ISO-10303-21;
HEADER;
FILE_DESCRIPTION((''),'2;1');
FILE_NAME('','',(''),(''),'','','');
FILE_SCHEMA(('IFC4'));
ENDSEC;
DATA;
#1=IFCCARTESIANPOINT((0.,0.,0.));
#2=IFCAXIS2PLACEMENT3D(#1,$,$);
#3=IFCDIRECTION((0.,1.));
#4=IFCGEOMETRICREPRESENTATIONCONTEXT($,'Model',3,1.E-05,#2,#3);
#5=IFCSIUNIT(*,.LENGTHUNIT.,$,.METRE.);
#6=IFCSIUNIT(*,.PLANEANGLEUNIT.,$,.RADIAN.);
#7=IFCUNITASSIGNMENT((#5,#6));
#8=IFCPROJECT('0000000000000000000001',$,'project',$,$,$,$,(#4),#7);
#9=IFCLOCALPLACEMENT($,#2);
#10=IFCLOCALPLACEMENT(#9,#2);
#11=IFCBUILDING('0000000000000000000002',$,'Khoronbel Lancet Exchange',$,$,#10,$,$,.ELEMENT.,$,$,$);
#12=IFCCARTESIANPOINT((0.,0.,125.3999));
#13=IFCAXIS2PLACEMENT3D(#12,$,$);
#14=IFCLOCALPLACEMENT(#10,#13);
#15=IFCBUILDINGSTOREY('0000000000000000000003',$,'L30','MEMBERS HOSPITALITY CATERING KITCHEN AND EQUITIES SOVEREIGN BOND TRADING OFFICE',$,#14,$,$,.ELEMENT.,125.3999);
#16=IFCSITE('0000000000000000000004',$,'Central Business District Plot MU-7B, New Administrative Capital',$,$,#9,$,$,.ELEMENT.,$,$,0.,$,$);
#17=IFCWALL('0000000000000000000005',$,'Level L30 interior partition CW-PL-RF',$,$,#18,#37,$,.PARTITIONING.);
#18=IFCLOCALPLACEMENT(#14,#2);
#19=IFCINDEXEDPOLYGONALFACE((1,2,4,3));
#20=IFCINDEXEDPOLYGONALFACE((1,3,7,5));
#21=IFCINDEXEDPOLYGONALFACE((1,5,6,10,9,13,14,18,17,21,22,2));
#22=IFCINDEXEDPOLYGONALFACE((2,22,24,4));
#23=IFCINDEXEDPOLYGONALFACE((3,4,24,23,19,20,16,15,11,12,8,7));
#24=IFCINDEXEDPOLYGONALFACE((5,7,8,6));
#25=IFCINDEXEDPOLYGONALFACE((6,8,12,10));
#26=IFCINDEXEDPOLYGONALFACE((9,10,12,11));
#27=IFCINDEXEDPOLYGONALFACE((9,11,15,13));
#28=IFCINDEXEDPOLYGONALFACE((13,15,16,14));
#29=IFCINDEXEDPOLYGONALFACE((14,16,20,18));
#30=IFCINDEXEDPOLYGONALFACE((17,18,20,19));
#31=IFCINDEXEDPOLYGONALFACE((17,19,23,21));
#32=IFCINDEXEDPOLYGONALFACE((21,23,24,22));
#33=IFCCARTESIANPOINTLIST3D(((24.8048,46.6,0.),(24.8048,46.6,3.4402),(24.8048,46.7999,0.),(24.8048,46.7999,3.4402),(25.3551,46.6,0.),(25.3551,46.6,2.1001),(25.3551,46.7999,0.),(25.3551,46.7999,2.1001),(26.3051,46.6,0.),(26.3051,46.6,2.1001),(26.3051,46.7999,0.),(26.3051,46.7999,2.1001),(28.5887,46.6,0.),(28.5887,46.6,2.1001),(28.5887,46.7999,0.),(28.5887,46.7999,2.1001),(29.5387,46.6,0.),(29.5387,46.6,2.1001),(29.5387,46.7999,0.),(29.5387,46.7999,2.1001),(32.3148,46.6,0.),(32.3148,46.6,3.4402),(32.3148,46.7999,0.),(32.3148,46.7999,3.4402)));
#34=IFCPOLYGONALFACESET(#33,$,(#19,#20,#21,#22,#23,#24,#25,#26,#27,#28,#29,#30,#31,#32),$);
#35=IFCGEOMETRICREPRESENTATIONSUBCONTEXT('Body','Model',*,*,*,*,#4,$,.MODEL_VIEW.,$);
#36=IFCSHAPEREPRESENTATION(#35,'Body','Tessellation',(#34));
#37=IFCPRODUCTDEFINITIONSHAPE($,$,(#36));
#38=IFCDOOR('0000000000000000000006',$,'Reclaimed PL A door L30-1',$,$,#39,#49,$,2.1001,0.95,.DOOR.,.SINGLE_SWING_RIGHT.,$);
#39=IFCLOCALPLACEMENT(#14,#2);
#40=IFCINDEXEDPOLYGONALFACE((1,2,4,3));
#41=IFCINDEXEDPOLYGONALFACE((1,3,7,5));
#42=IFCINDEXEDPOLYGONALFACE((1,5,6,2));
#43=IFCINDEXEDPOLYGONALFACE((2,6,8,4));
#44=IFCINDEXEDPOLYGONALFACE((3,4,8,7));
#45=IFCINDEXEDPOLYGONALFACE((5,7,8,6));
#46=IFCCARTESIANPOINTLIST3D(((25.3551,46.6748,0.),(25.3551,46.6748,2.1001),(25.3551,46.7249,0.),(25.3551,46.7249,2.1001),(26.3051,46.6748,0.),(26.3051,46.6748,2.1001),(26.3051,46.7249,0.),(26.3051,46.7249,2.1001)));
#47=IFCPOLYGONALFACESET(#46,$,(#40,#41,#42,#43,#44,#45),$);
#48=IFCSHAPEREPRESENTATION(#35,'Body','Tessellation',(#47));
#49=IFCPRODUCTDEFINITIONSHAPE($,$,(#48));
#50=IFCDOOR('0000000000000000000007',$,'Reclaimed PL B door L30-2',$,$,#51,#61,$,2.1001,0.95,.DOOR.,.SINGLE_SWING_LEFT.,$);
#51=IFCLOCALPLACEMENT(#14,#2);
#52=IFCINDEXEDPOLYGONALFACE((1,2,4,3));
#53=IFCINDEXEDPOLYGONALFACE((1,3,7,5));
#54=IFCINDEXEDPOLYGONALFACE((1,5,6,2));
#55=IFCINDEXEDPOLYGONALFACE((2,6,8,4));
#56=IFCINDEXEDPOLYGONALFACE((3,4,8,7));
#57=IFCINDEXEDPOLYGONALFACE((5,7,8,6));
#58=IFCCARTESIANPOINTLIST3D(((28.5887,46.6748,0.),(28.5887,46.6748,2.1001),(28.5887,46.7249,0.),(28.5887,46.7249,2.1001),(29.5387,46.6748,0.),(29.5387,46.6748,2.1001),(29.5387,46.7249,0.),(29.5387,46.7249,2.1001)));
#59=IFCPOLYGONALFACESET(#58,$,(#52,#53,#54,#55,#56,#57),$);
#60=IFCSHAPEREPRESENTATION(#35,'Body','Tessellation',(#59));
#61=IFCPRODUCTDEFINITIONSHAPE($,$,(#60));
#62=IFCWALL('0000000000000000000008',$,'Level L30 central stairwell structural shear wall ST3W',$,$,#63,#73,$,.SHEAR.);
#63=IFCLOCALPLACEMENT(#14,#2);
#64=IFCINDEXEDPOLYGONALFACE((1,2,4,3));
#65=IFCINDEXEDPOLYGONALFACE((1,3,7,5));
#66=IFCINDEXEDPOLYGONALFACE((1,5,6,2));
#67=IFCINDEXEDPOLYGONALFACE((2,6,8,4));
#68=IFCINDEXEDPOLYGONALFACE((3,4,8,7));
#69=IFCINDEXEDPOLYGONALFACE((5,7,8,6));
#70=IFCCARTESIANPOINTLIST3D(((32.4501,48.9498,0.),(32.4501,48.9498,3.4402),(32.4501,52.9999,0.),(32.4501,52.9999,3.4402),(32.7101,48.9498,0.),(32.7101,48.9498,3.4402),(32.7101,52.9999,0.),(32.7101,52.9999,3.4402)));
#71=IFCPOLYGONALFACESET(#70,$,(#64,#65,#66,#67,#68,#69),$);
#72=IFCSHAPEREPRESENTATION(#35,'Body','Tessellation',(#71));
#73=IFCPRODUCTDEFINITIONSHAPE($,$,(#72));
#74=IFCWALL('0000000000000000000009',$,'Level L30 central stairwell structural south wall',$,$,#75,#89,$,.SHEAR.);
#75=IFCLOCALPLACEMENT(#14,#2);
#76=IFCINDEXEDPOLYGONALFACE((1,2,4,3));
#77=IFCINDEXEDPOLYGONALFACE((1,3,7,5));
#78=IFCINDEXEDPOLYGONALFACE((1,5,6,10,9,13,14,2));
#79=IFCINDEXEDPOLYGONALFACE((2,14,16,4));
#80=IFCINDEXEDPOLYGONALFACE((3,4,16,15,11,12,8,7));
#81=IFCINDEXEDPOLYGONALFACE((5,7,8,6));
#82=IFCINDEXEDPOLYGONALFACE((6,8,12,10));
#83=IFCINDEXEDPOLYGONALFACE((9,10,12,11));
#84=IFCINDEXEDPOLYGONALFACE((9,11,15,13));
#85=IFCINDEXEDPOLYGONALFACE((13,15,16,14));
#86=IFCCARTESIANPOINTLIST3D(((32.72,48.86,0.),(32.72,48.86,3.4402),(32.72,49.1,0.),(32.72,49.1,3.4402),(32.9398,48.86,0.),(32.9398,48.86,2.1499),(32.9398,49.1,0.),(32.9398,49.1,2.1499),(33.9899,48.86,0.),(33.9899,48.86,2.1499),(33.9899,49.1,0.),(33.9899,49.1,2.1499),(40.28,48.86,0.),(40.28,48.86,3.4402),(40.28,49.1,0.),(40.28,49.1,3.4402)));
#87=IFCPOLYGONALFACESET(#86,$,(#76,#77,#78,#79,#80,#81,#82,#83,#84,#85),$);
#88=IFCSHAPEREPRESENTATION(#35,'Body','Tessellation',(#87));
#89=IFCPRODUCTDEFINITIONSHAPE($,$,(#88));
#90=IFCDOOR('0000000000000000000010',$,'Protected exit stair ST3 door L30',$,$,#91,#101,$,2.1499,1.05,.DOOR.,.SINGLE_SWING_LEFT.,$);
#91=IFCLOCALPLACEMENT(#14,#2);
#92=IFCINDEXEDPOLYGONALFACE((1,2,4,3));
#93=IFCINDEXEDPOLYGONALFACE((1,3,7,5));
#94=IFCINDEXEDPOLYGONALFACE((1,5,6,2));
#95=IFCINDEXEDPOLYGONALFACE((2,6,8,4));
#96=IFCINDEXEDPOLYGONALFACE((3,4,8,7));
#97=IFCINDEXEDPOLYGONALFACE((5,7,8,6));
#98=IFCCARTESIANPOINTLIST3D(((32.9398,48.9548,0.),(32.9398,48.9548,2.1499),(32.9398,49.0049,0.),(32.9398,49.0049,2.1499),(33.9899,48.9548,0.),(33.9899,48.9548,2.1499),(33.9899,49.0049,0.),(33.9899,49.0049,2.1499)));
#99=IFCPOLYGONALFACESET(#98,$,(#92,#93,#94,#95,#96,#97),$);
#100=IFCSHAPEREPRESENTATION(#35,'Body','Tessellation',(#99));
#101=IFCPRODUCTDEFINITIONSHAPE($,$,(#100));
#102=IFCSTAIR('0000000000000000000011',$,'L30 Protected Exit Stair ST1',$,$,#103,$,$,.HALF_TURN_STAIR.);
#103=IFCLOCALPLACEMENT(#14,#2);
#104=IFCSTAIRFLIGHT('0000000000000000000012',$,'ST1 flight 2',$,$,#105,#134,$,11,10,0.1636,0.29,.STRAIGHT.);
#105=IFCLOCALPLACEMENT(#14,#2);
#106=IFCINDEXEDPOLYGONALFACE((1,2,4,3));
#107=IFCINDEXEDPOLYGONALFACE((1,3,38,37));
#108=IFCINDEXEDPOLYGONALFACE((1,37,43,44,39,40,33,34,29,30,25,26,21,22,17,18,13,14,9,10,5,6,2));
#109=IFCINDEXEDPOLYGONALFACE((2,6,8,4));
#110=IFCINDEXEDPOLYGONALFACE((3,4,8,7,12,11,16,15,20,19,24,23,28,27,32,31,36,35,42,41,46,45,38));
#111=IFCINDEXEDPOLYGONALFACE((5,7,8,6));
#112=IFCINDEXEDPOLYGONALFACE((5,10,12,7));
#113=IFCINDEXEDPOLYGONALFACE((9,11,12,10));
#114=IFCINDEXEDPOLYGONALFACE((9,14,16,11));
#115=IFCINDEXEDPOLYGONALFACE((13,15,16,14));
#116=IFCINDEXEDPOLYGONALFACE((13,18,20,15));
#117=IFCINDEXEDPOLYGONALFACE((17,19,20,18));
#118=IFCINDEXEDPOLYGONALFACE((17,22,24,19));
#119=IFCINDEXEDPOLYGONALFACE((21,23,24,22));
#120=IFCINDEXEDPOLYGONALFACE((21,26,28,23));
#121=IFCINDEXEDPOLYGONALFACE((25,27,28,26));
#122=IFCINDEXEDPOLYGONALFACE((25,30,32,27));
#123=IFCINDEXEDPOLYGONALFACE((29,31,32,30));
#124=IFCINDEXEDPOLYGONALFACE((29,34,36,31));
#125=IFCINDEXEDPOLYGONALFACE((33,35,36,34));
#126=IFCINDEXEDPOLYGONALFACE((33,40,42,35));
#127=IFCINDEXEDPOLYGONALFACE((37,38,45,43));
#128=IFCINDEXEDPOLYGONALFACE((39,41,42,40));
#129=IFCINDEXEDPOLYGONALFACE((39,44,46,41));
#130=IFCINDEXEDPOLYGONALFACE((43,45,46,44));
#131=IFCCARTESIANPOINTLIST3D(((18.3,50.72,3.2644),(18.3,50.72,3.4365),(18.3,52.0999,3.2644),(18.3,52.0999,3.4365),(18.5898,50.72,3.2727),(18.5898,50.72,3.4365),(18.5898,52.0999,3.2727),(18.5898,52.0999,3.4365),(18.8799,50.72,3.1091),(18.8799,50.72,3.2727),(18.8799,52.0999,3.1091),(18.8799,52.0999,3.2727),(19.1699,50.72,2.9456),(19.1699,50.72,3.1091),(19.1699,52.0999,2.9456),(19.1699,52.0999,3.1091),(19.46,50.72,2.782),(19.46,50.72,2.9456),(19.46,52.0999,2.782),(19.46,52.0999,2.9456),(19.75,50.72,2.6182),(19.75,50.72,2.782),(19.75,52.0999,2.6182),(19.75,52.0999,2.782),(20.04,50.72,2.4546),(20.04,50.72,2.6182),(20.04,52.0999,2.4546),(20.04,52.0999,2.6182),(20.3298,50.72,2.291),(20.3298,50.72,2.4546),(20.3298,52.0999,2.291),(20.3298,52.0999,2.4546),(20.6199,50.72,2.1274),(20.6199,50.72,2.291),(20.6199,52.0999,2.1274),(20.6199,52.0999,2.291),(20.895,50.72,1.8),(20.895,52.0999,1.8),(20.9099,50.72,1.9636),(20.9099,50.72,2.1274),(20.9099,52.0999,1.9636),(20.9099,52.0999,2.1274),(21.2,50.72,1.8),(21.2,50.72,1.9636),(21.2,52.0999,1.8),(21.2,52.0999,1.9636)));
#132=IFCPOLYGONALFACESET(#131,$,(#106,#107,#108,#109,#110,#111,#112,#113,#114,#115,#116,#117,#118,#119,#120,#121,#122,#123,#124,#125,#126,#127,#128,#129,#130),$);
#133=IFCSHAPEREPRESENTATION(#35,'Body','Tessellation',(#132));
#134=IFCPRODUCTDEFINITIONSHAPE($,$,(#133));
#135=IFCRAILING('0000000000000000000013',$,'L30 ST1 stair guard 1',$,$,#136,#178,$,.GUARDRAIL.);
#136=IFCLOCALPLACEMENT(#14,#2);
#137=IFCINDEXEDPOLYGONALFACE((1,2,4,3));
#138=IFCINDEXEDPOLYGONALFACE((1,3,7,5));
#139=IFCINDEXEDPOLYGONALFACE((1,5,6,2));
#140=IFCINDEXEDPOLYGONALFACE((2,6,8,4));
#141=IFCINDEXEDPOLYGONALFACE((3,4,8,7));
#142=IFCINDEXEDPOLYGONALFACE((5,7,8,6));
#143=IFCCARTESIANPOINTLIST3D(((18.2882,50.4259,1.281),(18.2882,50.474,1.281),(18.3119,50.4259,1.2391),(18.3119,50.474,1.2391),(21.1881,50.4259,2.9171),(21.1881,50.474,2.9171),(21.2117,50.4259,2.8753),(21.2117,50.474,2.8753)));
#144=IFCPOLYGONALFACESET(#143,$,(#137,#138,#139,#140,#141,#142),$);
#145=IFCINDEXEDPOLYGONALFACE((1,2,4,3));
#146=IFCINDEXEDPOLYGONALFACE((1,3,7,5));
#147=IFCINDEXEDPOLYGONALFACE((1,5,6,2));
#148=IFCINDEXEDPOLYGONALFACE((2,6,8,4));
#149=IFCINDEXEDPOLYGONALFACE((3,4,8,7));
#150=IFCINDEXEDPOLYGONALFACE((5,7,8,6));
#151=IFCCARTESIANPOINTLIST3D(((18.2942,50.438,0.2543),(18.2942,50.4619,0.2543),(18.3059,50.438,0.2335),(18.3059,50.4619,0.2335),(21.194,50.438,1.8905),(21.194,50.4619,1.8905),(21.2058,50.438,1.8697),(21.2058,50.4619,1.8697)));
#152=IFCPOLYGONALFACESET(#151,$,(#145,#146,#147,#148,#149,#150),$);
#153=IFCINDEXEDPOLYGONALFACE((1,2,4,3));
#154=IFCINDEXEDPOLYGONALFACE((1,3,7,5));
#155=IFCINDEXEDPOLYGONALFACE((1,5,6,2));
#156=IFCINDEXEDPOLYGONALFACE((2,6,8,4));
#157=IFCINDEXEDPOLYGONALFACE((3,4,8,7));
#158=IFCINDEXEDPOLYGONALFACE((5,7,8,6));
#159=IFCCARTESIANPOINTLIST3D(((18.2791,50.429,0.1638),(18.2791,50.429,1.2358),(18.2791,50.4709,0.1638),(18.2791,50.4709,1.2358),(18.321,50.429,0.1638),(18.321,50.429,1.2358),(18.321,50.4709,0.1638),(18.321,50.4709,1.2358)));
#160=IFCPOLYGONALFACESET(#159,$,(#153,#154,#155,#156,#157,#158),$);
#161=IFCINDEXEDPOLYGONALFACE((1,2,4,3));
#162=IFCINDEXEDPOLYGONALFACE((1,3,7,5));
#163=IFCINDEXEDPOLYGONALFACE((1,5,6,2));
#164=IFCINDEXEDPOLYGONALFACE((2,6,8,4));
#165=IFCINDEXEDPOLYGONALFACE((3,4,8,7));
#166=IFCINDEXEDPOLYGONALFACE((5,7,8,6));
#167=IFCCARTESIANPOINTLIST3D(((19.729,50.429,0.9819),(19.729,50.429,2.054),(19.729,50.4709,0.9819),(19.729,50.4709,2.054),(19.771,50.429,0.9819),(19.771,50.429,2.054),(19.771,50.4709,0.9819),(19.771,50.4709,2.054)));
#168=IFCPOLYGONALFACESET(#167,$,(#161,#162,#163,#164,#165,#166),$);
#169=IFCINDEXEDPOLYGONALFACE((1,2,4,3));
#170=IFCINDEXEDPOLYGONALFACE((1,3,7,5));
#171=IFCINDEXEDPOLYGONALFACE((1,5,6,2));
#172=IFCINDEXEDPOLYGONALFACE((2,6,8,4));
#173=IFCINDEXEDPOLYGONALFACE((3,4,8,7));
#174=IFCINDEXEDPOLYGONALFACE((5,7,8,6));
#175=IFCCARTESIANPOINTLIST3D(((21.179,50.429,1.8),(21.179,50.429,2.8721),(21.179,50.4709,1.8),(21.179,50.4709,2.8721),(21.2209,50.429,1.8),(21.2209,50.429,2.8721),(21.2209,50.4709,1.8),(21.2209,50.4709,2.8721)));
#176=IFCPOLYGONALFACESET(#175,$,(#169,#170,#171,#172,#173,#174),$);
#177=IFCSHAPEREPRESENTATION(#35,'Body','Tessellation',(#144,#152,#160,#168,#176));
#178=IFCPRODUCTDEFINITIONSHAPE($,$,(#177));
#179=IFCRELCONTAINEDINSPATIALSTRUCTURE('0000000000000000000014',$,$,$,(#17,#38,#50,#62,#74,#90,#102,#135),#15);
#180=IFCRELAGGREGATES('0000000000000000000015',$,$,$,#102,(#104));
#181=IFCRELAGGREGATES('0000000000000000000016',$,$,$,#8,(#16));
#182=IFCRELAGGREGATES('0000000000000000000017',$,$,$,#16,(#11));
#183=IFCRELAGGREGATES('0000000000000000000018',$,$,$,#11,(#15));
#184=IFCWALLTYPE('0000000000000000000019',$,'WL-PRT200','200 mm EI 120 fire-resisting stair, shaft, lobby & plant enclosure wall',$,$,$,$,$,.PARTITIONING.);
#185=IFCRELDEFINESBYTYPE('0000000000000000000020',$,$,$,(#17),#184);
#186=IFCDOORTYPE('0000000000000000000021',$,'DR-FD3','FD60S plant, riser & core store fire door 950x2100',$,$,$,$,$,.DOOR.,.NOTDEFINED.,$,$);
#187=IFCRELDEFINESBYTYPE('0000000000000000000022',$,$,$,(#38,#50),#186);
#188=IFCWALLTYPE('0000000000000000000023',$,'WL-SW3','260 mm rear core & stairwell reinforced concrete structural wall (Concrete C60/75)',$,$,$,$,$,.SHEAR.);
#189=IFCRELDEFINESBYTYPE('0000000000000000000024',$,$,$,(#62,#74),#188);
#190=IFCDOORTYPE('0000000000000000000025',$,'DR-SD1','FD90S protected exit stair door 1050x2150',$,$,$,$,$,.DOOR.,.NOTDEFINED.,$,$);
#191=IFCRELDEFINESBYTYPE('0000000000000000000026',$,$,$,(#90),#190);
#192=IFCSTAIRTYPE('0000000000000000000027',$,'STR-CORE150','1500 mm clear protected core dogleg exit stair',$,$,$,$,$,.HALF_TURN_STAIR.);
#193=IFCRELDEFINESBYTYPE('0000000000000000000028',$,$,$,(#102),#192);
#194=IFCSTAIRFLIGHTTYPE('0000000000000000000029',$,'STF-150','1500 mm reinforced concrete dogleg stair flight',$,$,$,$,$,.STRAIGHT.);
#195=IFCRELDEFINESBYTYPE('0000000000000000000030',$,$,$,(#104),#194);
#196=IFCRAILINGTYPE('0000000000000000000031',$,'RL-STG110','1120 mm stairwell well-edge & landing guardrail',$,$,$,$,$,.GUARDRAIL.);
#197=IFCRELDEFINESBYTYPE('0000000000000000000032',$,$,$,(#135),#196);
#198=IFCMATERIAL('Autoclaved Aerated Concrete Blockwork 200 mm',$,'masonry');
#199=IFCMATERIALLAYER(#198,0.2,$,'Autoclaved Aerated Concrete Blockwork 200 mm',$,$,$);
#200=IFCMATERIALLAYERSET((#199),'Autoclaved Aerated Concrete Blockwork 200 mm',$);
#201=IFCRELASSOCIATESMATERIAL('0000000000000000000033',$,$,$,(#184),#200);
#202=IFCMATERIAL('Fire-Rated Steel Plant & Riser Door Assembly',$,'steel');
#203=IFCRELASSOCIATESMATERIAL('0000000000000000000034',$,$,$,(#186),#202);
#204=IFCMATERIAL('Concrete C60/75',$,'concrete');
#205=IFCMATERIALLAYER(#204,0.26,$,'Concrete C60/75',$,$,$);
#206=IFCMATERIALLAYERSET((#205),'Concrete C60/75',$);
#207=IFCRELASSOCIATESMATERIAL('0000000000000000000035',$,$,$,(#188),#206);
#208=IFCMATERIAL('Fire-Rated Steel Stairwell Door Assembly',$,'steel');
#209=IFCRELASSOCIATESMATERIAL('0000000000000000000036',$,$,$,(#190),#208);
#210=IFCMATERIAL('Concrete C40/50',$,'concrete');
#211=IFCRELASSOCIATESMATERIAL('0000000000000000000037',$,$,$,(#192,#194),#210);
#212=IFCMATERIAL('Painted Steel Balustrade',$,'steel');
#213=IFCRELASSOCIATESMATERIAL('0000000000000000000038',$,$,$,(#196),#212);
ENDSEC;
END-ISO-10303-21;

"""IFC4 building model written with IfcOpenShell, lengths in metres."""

from ifc_helpers import new_model, si_unit, direction, frame, frame_2d, origin, origin_2d, place, context, subcontext, project, spatial, polyline, rectangle, outline, extrude, material, layer, layer_set, type_object, element, fill, aggregate, save


model = new_model("IFC4")

# Units and contexts
model_context = context("Model", 3, precision=1e-05, world=origin(), true_north=direction((0.0, 1.0)))
body_context = subcontext(model_context, "Body", "Model", "MODEL_VIEW")
ifc_project = project(units=[si_unit("LENGTHUNIT", "METRE"), si_unit("PLANEANGLEUNIT", "RADIAN")], contexts=[model_context])

# Site, building, storey
site_placement = place(None, origin())
site = spatial("IfcSite", under=ifc_project, at=site_placement, Name="Central Business District Plot MU-7B, New Administrative Capital", CompositionType="ELEMENT", RefElevation=0.0)
building_placement = place(site_placement, origin())
building = spatial("IfcBuilding", under=site, at=building_placement, Name="Khoronbel Lancet Exchange", CompositionType="ELEMENT")
storey_placement = place(building_placement, frame((0.0, 0.0, 125.3999)))
storey = spatial("IfcBuildingStorey", under=building, at=storey_placement, Name="L30", Description="MEMBERS HOSPITALITY CATERING KITCHEN AND EQUITIES SOVEREIGN BOND TRADING OFFICE", CompositionType="ELEMENT", Elevation=125.3999)

# Shared definitions
ifc_material_1 = material(Name="Autoclaved Aerated Concrete Blockwork 200 mm", Category="masonry")
ifc_layer_1 = layer(ifc_material_1, 0.2, Name="Autoclaved Aerated Concrete Blockwork 200 mm")
ifc_layer_set_1 = layer_set([ifc_layer_1], Name="Autoclaved Aerated Concrete Blockwork 200 mm")
wall_type_1 = type_object("IfcWallType", Name="WL-PRT200", Description="200 mm EI 120 fire-resisting stair, shaft, lobby & plant enclosure wall", PredefinedType="PARTITIONING", material=ifc_layer_set_1)

# Wall, openings, doors
wall_1_placement = place(storey_placement, frame((24.8049, 46.7, 0.0), z_axis=(0.0, 0.0, 1.0), x_axis=(1.0, 0.0, 0.0)))
wall_1 = element("IfcWall", 1, at=wall_1_placement, inside=storey, type_object=wall_type_1, Name="Level L30 interior partition CW-PL-RF", PredefinedType="PARTITIONING", context=body_context, shape_type="SweptSolid", body=[
    extrude(rectangle(XDim=7.51, YDim=0.2, at=frame_2d((3.7549, 0.0))), origin(), (0.0, 0.0, 1.0), 3.4402),
])
opening_1_placement = place(wall_1_placement, frame((0.55, 0.0, 0.0)))
opening_1 = element("IfcOpeningElement", 2, at=opening_1_placement, cuts=wall_1, PredefinedType="OPENING", context=body_context, shape_type="SweptSolid", body=[
    extrude(rectangle(XDim=0.95, YDim=2.1001, at=frame_2d((0.4751, 1.05))), frame((0.0, 0.1099, 0.0), z_axis=(0.0, -1.0, 0.0), x_axis=(1.0, 0.0, 0.0)), (0.0, 0.0, 1.0), 0.22),
])
opening_2_placement = place(wall_1_placement, frame((3.7837, 0.0, 0.0)))
opening_2 = element("IfcOpeningElement", 3, at=opening_2_placement, cuts=wall_1, PredefinedType="OPENING", context=body_context, shape_type="SweptSolid", body=[
    extrude(rectangle(XDim=0.95, YDim=2.1001, at=frame_2d((0.4751, 1.05))), frame((0.0, 0.1099, 0.0), z_axis=(0.0, -1.0, 0.0), x_axis=(1.0, 0.0, 0.0)), (0.0, 0.0, 1.0), 0.22),
])
ifc_material_2 = material(Name="Fire-Rated Steel Plant & Riser Door Assembly", Category="steel")
door_type_1 = type_object("IfcDoorType", Name="DR-FD3", Description="FD60S plant, riser & core store fire door 950x2100", OperationType="NOTDEFINED", PredefinedType="DOOR", material=ifc_material_2)
door_1_placement = place(opening_1_placement, origin())
door_1 = element("IfcDoor", 4, at=door_1_placement, inside=storey, type_object=door_type_1, Name="Reclaimed PL A door L30-1", OperationType="SINGLE_SWING_RIGHT", OverallHeight=2.1001, OverallWidth=0.95, PredefinedType="DOOR", context=body_context, shape_type="SweptSolid", body=[
    extrude(rectangle(XDim=0.95, YDim=2.1001, at=frame_2d((0.4751, 1.05))), frame((0.0, 0.0249, 0.0), z_axis=(0.0, -1.0, 0.0), x_axis=(1.0, 0.0, 0.0)), (0.0, 0.0, 1.0), 0.05),
])
fill(opening_1, door_1)
door_2_placement = place(opening_2_placement, origin())
door_2 = element("IfcDoor", 5, at=door_2_placement, inside=storey, type_object=door_type_1, Name="Reclaimed PL B door L30-2", OperationType="SINGLE_SWING_LEFT", OverallHeight=2.1001, OverallWidth=0.95, PredefinedType="DOOR", context=body_context, shape_type="SweptSolid", body=[
    extrude(rectangle(XDim=0.95, YDim=2.1001, at=frame_2d((0.4751, 1.05))), frame((0.0, 0.0249, 0.0), z_axis=(0.0, -1.0, 0.0), x_axis=(1.0, 0.0, 0.0)), (0.0, 0.0, 1.0), 0.05),
])
fill(opening_2, door_2)

# Wall
ifc_material_3 = material(Name="Concrete C60/75", Category="concrete")
ifc_layer_2 = layer(ifc_material_3, 0.26, Name="Concrete C60/75")
ifc_layer_set_2 = layer_set([ifc_layer_2], Name="Concrete C60/75")
wall_type_2 = type_object("IfcWallType", Name="WL-SW3", Description="260 mm rear core & stairwell reinforced concrete structural wall (Concrete C60/75)", PredefinedType="SHEAR", material=ifc_layer_set_2)
wall_2_placement = place(storey_placement, frame((32.5801, 48.95, 0.0), z_axis=(0.0, 0.0, 1.0), x_axis=(0.0, 1.0, 0.0)))
element("IfcWall", 6, at=wall_2_placement, inside=storey, type_object=wall_type_2, Name="Level L30 central stairwell structural shear wall ST3W", PredefinedType="SHEAR", context=body_context, shape_type="SweptSolid", body=[
    extrude(rectangle(XDim=4.05, YDim=0.26, at=frame_2d((2.0249, 0.0))), origin(), (0.0, 0.0, 1.0), 3.4402),
])

# Wall, opening, door
wall_3_placement = place(storey_placement, frame((32.72, 48.98, 0.0), z_axis=(0.0, 0.0, 1.0), x_axis=(1.0, 0.0, 0.0)))
wall_3 = element("IfcWall", 7, at=wall_3_placement, inside=storey, type_object=wall_type_2, Name="Level L30 central stairwell structural south wall", PredefinedType="SHEAR", context=body_context, shape_type="SweptSolid", body=[
    extrude(rectangle(XDim=7.5601, YDim=0.24, at=frame_2d((3.78, 0.0))), origin(), (0.0, 0.0, 1.0), 3.4402),
])
opening_3_placement = place(wall_3_placement, frame((0.22, 0.0, 0.0)))
opening_3 = element("IfcOpeningElement", 8, at=opening_3_placement, cuts=wall_3, PredefinedType="OPENING", context=body_context, shape_type="SweptSolid", body=[
    extrude(rectangle(XDim=1.05, YDim=2.1499, at=frame_2d((0.5249, 1.075))), frame((0.0, 0.1299, 0.0), z_axis=(0.0, -1.0, 0.0), x_axis=(1.0, 0.0, 0.0)), (0.0, 0.0, 1.0), 0.26),
])
ifc_material_4 = material(Name="Fire-Rated Steel Stairwell Door Assembly", Category="steel")
door_type_2 = type_object("IfcDoorType", Name="DR-SD1", Description="FD90S protected exit stair door 1050x2150", OperationType="NOTDEFINED", PredefinedType="DOOR", material=ifc_material_4)
door_3_placement = place(opening_3_placement, origin())
door_3 = element("IfcDoor", 9, at=door_3_placement, inside=storey, type_object=door_type_2, Name="Protected exit stair ST3 door L30", OperationType="SINGLE_SWING_LEFT", OverallHeight=2.1499, OverallWidth=1.05, PredefinedType="DOOR", context=body_context, shape_type="SweptSolid", body=[
    extrude(rectangle(XDim=1.05, YDim=2.1499, at=frame_2d((0.5249, 1.075))), frame((0.0, 0.0249, 0.0), z_axis=(0.0, -1.0, 0.0), x_axis=(1.0, 0.0, 0.0)), (0.0, 0.0, 1.0), 0.05),
])
fill(opening_3, door_3)

# Stair, stair flight
ifc_material_5 = material(Name="Concrete C40/50", Category="concrete")
stair_type = type_object("IfcStairType", Name="STR-CORE150", Description="1500 mm clear protected core dogleg exit stair", PredefinedType="HALF_TURN_STAIR", material=ifc_material_5)
stair_placement = place(storey_placement, origin())
stair = element("IfcStair", 10, at=stair_placement, inside=storey, type_object=stair_type, Name="L30 Protected Exit Stair ST1", PredefinedType="HALF_TURN_STAIR")
stair_flight_type = type_object("IfcStairFlightType", Name="STF-150", Description="1500 mm reinforced concrete dogleg stair flight", PredefinedType="STRAIGHT", material=ifc_material_5)
stair_flight_placement = place(storey_placement, frame((21.2, 51.4099, 1.8), z_axis=(0.0, 0.0, 1.0), x_axis=(-1.0, 0.0, 0.0)))
stair_flight = element("IfcStairFlight", 11, at=stair_flight_placement, type_object=stair_flight_type, Name="ST1 flight 2", NumberOfRisers=11, NumberOfTreads=10, PredefinedType="STRAIGHT", RiserHeight=0.1636, TreadLength=0.29, context=body_context, shape_type="SweptSolid", body=[
    extrude(outline(polyline([(0.0, 0.0), (0.0, 0.1636), (0.29, 0.1636), (0.29, 0.3274), (0.5801, 0.3274), (0.5801, 0.491), (0.8701, 0.491), (0.8701, 0.6545), (1.1599, 0.6545), (1.1599, 0.8181), (1.45, 0.8181), (1.45, 0.9819), (1.74, 0.9819), (1.74, 1.1455), (2.03, 1.1455), (2.03, 1.3091), (2.3201, 1.3091), (2.3201, 1.4727), (2.6101, 1.4727), (2.6101, 1.6365), (2.8999, 1.6365), (2.8999, 1.8), (2.8999, 1.4644), (0.3049, 0.0), (0.0, 0.0)])), frame((0.0, 0.6899, 0.0), z_axis=(0.0, -1.0, 0.0), x_axis=(1.0, 0.0, 0.0)), (0.0, 0.0, 1.0), 1.3799),
])
aggregate(stair, [stair_flight])

# Railing
ifc_material_6 = material(Name="Painted Steel Balustrade", Category="steel")
railing_type_1 = type_object("IfcRailingType", Name="RL-STG110", Description="1120 mm stairwell well-edge & landing guardrail", PredefinedType="GUARDRAIL", material=ifc_material_6)
railing_1_placement = place(storey_placement, frame((18.3, 50.45, 0.1638)))
element("IfcRailing", 12, at=railing_1_placement, inside=storey, type_object=railing_type_1, Name="L30 ST1 stair guard 1", PredefinedType="GUARDRAIL", context=body_context, shape_type="SweptSolid", body=[
    extrude(rectangle(XDim=0.0481, YDim=0.0481, at=origin_2d()), frame((0.0, 0.0, 1.0962), z_axis=(0.870929, 0.0, 0.49141), x_axis=(0.0, 1.0, 0.0)), (0.0, 0.0, 1.0), 3.3296),
    extrude(rectangle(XDim=0.0239, YDim=0.0239, at=origin_2d()), frame((0.0, 0.0, 0.0801), z_axis=(0.870929, 0.0, 0.49141), x_axis=(0.0, 1.0, 0.0)), (0.0, 0.0, 1.0), 3.3296),
    extrude(rectangle(XDim=0.042, YDim=0.042, at=origin_2d()), origin(), (0.0, 0.0, 1.0), 1.072),
    extrude(rectangle(XDim=0.042, YDim=0.042, at=origin_2d()), frame((1.45, 0.0, 0.8181)), (0.0, 0.0, 1.0), 1.072),
    extrude(rectangle(XDim=0.042, YDim=0.042, at=origin_2d()), frame((2.8999, 0.0, 1.6362)), (0.0, 0.0, 1.0), 1.072),
])

save(model, "model.ifc")
